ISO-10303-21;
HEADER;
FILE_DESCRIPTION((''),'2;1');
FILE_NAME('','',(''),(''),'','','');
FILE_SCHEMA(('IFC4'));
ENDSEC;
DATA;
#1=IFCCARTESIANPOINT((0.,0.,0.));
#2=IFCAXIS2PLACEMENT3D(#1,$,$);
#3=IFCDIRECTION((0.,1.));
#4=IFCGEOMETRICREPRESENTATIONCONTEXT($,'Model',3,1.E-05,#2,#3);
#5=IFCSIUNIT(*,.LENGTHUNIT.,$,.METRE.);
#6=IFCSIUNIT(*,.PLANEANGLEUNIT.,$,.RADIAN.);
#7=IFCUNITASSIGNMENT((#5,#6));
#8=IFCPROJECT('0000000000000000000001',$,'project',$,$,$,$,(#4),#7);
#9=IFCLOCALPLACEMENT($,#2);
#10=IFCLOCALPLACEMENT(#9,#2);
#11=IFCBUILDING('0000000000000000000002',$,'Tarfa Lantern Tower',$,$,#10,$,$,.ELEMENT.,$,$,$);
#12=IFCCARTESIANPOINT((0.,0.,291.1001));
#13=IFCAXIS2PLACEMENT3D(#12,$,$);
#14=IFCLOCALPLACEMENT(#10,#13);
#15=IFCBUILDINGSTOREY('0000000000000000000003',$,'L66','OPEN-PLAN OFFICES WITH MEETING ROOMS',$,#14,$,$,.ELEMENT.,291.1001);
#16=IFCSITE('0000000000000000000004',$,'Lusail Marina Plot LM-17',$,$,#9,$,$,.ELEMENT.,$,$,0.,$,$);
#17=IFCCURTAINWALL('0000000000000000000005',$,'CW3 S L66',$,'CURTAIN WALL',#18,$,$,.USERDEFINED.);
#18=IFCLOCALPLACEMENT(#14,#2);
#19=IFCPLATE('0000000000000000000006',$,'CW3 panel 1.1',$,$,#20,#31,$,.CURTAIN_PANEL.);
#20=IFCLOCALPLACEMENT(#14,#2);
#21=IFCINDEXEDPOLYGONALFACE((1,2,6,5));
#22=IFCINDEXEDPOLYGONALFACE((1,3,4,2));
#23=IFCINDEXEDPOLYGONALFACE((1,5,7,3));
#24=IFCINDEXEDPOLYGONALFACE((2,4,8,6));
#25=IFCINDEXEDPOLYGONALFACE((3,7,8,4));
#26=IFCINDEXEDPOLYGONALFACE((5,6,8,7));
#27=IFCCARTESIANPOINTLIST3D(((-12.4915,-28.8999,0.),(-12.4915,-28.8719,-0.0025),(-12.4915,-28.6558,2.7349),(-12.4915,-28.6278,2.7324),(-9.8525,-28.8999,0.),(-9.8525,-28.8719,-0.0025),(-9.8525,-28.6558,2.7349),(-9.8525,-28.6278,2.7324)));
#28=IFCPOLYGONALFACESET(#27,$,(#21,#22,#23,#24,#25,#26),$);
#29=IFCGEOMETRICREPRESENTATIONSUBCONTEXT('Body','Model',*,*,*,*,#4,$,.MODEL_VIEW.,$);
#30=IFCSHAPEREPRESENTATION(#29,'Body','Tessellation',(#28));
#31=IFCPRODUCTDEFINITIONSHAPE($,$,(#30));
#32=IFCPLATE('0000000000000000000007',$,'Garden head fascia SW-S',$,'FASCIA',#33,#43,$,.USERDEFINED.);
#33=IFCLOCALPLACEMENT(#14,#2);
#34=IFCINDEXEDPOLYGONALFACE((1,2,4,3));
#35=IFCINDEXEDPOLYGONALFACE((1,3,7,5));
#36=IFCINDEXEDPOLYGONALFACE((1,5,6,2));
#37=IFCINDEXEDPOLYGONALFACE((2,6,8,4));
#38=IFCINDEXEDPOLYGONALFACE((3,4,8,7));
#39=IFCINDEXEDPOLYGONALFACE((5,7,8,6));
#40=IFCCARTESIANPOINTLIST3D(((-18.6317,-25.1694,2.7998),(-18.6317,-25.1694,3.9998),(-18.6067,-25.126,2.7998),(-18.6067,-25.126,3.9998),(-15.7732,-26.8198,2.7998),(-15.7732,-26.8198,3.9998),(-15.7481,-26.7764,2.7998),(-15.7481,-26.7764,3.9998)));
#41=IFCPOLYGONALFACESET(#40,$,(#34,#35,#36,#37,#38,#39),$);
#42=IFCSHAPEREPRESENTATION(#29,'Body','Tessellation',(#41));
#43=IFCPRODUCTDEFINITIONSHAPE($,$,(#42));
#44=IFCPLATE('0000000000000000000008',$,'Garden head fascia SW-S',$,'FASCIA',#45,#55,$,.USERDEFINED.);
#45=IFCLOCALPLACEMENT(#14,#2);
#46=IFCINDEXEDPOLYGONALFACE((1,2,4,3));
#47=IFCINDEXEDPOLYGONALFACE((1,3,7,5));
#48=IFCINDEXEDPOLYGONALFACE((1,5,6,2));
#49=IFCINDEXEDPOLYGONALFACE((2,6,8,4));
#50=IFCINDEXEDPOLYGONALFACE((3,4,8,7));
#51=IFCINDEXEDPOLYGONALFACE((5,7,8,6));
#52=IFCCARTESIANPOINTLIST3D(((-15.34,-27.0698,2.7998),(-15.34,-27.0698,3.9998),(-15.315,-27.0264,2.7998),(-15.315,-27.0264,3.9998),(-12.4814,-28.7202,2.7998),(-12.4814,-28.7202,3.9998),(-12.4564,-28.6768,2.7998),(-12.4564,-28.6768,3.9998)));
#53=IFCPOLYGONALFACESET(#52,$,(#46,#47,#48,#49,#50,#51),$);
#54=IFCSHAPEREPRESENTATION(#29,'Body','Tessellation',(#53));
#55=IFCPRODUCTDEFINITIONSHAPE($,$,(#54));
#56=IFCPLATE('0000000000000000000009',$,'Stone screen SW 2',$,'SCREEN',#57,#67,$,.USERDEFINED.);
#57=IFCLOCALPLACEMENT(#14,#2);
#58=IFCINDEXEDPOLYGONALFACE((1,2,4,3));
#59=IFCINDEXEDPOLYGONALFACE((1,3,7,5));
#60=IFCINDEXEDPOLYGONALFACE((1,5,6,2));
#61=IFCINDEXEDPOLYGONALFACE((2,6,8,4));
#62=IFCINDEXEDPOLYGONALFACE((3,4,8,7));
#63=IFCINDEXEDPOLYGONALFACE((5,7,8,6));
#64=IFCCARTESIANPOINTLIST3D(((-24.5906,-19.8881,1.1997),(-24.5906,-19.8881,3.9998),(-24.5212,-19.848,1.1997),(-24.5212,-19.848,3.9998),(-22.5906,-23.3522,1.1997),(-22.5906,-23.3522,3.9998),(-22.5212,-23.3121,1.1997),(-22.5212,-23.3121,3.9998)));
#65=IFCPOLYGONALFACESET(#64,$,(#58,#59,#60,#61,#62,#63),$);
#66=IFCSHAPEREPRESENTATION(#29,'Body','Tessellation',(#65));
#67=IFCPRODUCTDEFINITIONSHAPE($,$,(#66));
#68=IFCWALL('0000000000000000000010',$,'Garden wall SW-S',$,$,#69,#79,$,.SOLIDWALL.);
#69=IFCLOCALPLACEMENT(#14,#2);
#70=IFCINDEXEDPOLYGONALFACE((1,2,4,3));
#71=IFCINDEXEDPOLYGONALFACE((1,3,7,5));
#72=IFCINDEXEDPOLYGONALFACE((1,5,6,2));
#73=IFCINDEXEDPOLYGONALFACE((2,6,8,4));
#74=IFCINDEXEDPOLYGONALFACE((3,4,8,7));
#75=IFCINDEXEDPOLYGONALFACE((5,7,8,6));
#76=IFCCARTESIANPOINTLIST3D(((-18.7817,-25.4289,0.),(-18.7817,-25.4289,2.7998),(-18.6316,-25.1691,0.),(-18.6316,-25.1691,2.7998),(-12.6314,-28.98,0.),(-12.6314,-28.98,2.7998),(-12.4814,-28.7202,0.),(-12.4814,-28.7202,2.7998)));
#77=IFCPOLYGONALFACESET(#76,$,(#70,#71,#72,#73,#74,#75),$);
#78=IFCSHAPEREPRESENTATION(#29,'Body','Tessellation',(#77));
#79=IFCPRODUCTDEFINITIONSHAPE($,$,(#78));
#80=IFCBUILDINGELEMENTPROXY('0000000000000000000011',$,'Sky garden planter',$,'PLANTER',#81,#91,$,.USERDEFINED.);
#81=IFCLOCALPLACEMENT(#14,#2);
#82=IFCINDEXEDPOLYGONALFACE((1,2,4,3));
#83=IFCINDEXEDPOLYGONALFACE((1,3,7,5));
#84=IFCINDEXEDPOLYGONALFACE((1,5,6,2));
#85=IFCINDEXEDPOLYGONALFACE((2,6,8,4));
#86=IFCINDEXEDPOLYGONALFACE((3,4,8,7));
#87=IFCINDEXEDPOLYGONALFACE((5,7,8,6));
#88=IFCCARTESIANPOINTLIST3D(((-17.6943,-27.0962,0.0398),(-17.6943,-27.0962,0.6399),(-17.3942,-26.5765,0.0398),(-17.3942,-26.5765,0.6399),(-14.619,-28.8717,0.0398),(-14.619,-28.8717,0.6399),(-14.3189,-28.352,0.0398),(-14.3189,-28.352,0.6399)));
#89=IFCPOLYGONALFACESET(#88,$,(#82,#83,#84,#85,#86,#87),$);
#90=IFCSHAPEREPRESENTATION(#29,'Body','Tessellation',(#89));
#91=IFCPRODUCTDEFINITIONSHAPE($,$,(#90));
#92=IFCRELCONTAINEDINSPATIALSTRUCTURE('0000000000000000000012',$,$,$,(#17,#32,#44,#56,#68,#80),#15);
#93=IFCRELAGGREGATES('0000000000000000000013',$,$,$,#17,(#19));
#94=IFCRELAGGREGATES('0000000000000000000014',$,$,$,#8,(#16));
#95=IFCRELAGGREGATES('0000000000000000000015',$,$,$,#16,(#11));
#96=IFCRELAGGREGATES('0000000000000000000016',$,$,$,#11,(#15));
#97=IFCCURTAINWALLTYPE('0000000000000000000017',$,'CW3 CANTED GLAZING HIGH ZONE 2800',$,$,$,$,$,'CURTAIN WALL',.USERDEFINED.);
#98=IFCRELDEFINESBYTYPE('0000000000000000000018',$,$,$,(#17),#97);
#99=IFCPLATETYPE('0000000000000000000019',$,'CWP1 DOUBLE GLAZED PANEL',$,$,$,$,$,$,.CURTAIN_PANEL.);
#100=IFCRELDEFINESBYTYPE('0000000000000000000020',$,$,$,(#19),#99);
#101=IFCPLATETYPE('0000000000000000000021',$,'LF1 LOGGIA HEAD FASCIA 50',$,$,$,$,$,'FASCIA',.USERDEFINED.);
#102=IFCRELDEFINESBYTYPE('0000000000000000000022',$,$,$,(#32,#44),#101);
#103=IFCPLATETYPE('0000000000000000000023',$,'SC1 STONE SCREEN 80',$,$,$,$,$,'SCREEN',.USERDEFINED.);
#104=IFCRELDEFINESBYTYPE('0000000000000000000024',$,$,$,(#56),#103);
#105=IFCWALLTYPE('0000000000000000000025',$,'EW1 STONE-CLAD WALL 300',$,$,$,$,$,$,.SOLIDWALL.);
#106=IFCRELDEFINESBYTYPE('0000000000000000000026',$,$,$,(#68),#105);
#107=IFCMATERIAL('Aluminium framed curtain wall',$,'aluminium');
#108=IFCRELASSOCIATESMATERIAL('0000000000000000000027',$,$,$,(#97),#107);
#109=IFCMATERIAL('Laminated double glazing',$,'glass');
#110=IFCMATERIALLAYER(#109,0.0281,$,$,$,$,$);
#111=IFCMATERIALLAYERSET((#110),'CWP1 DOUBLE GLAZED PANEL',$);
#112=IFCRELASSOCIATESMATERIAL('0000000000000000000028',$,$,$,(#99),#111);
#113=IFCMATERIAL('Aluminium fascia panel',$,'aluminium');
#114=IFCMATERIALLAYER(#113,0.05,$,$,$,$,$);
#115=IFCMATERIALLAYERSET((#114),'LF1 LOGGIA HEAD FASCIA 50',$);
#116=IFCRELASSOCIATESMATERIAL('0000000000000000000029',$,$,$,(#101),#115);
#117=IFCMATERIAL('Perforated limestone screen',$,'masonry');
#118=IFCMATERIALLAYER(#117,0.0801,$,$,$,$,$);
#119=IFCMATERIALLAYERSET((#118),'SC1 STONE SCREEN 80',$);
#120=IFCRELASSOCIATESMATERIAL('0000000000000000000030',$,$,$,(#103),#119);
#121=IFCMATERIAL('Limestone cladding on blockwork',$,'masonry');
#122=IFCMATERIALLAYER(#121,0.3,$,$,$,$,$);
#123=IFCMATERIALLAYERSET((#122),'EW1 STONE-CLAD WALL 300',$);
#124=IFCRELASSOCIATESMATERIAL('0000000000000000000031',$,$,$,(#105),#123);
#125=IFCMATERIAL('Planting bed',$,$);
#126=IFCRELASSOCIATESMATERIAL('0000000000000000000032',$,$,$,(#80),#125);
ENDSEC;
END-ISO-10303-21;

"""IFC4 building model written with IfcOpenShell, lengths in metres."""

from ifc_helpers import new_model, si_unit, direction, frame, frame_2d, origin, origin_2d, place, context, subcontext, project, spatial, polyline, rectangle, outline, extrude, material, layer, layer_set, type_object, element, aggregate, save


model = new_model("IFC4")

# Units and contexts
model_context = context("Model", 3, precision=1e-05, world=origin(), true_north=direction((0.0, 1.0)))
body_context = subcontext(model_context, "Body", "Model", "MODEL_VIEW")
ifc_project = project(units=[si_unit("LENGTHUNIT", "METRE"), si_unit("PLANEANGLEUNIT", "RADIAN")], contexts=[model_context])

# Site, building, storey
site_placement = place(None, origin())
site = spatial("IfcSite", under=ifc_project, at=site_placement, Name="Lusail Marina Plot LM-17", CompositionType="ELEMENT", RefElevation=0.0)
building_placement = place(site_placement, origin())
building = spatial("IfcBuilding", under=site, at=building_placement, Name="Tarfa Lantern Tower", CompositionType="ELEMENT")
storey_placement = place(building_placement, frame((0.0, 0.0, 291.1001)))
storey = spatial("IfcBuildingStorey", under=building, at=storey_placement, Name="L66", Description="OPEN-PLAN OFFICES WITH MEETING ROOMS", CompositionType="ELEMENT", Elevation=291.1001)

# Curtain wall
ifc_material_1 = material(Name="Aluminium framed curtain wall", Category="aluminium")
curtain_wall_type = type_object("IfcCurtainWallType", Name="CW3 CANTED GLAZING HIGH ZONE 2800", ElementType="CURTAIN WALL", PredefinedType="USERDEFINED", material=ifc_material_1)
curtain_wall_placement = place(storey_placement, origin())
curtain_wall = element("IfcCurtainWall", 1, at=curtain_wall_placement, inside=storey, type_object=curtain_wall_type, Name="CW3 S L66", ObjectType="CURTAIN WALL", PredefinedType="USERDEFINED")

# Plate
ifc_material_2 = material(Name="Laminated double glazing", Category="glass")
ifc_layer_1 = layer(ifc_material_2, 0.0281)
ifc_layer_set_1 = layer_set([ifc_layer_1], Name="CWP1 DOUBLE GLAZED PANEL")
plate_type_1 = type_object("IfcPlateType", Name="CWP1 DOUBLE GLAZED PANEL", PredefinedType="CURTAIN_PANEL", material=ifc_layer_set_1)
plate_1_placement = place(storey_placement, frame((-12.4915, -28.8999, 0.0), z_axis=(0.0, -0.996039, 0.088916), x_axis=(1.0, 0.0, 0.0)))
plate_1 = element("IfcPlate", 2, at=plate_1_placement, type_object=plate_type_1, Name="CW3 panel 1.1", PredefinedType="CURTAIN_PANEL", context=body_context, shape_type="SweptSolid", body=[
    extrude(outline(polyline([(0.0, 0.0), (2.6389, 0.0), (2.6389, 2.7457), (0.0, 2.7457), (0.0, 0.0)])), origin(), (0.0, 0.0, -1.0), 0.0281),
])
aggregate(curtain_wall, [plate_1])

# Plates
ifc_material_3 = material(Name="Aluminium fascia panel", Category="aluminium")
ifc_layer_2 = layer(ifc_material_3, 0.05)
ifc_layer_set_2 = layer_set([ifc_layer_2], Name="LF1 LOGGIA HEAD FASCIA 50")
plate_type_2 = type_object("IfcPlateType", Name="LF1 LOGGIA HEAD FASCIA 50", ElementType="FASCIA", PredefinedType="USERDEFINED", material=ifc_layer_set_2)
for number, where, z_axis, x_axis, name in (
    (3, (-17.1899, -25.9729, 2.7998), (0.0, 0.0, 1.0), (0.866025, -0.5, 0.0), "Garden head fascia SW-S"),
    (4, (-13.8982, -27.8733, 2.7998), (0.0, 0.0, 1.0), (0.866025, -0.5, 0.0), "Garden head fascia SW-S"),
):
    element("IfcPlate", number, at=place(storey_placement, frame(where, z_axis=z_axis, x_axis=x_axis)), inside=storey, type_object=plate_type_2, Name=name, ObjectType="FASCIA", PredefinedType="USERDEFINED", context=body_context, shape_type="SweptSolid", body=[
        extrude(rectangle(XDim=3.3008, YDim=0.05, at=origin_2d()), origin(), (0.0, 0.0, 1.0), 1.2),
    ])
ifc_material_4 = material(Name="Perforated limestone screen", Category="masonry")
ifc_layer_3 = layer(ifc_material_4, 0.0801)
ifc_layer_set_3 = layer_set([ifc_layer_3], Name="SC1 STONE SCREEN 80")
plate_type_3 = type_object("IfcPlateType", Name="SC1 STONE SCREEN 80", ElementType="SCREEN", PredefinedType="USERDEFINED", material=ifc_layer_set_3)
plate_2_placement = place(storey_placement, frame((-23.5559, -21.6001, 1.1997), z_axis=(0.0, 0.0, 1.0), x_axis=(0.5, -0.866025, 0.0)))
element("IfcPlate", 5, at=plate_2_placement, inside=storey, type_object=plate_type_3, Name="Stone screen SW 2", ObjectType="SCREEN", PredefinedType="USERDEFINED", context=body_context, shape_type="SweptSolid", body=[
    extrude(rectangle(XDim=4.0, YDim=0.0801, at=origin_2d()), origin(), (0.0, 0.0, 1.0), 2.8),
])

# Wall
ifc_material_5 = material(Name="Limestone cladding on blockwork", Category="masonry")
ifc_layer_4 = layer(ifc_material_5, 0.3)
ifc_layer_set_4 = layer_set([ifc_layer_4], Name="EW1 STONE-CLAD WALL 300")
wall_type = type_object("IfcWallType", Name="EW1 STONE-CLAD WALL 300", PredefinedType="SOLIDWALL", material=ifc_layer_set_4)
wall_placement = place(storey_placement, frame((-18.7065, -25.2991, 0.0), z_axis=(0.0, 0.0, 1.0), x_axis=(0.866011, -0.500025, 0.0)))
element("IfcWall", 6, at=wall_placement, inside=storey, type_object=wall_type, Name="Garden wall SW-S", PredefinedType="SOLIDWALL", context=body_context, shape_type="SweptSolid", body=[
    extrude(rectangle(XDim=7.1018, YDim=0.3, at=frame_2d((3.5508, 0.0))), origin(), (0.0, 0.0, 1.0), 2.7998),
])

# Building element proxy
ifc_material_6 = material(Name="Planting bed")
proxy_placement = place(storey_placement, frame((-16.0066, -27.7241, 0.0398), z_axis=(0.0, 0.0, 1.0), x_axis=(0.866025, -0.5, 0.0)))
element("IfcBuildingElementProxy", 7, at=proxy_placement, inside=storey, material=ifc_material_6, Name="Sky garden planter", ObjectType="PLANTER", PredefinedType="USERDEFINED", context=body_context, shape_type="SweptSolid", body=[
    extrude(rectangle(XDim=3.551, YDim=0.6001, at=origin_2d()), origin(), (0.0, 0.0, 1.0), 0.6001),
])

save(model, "model.ifc")
